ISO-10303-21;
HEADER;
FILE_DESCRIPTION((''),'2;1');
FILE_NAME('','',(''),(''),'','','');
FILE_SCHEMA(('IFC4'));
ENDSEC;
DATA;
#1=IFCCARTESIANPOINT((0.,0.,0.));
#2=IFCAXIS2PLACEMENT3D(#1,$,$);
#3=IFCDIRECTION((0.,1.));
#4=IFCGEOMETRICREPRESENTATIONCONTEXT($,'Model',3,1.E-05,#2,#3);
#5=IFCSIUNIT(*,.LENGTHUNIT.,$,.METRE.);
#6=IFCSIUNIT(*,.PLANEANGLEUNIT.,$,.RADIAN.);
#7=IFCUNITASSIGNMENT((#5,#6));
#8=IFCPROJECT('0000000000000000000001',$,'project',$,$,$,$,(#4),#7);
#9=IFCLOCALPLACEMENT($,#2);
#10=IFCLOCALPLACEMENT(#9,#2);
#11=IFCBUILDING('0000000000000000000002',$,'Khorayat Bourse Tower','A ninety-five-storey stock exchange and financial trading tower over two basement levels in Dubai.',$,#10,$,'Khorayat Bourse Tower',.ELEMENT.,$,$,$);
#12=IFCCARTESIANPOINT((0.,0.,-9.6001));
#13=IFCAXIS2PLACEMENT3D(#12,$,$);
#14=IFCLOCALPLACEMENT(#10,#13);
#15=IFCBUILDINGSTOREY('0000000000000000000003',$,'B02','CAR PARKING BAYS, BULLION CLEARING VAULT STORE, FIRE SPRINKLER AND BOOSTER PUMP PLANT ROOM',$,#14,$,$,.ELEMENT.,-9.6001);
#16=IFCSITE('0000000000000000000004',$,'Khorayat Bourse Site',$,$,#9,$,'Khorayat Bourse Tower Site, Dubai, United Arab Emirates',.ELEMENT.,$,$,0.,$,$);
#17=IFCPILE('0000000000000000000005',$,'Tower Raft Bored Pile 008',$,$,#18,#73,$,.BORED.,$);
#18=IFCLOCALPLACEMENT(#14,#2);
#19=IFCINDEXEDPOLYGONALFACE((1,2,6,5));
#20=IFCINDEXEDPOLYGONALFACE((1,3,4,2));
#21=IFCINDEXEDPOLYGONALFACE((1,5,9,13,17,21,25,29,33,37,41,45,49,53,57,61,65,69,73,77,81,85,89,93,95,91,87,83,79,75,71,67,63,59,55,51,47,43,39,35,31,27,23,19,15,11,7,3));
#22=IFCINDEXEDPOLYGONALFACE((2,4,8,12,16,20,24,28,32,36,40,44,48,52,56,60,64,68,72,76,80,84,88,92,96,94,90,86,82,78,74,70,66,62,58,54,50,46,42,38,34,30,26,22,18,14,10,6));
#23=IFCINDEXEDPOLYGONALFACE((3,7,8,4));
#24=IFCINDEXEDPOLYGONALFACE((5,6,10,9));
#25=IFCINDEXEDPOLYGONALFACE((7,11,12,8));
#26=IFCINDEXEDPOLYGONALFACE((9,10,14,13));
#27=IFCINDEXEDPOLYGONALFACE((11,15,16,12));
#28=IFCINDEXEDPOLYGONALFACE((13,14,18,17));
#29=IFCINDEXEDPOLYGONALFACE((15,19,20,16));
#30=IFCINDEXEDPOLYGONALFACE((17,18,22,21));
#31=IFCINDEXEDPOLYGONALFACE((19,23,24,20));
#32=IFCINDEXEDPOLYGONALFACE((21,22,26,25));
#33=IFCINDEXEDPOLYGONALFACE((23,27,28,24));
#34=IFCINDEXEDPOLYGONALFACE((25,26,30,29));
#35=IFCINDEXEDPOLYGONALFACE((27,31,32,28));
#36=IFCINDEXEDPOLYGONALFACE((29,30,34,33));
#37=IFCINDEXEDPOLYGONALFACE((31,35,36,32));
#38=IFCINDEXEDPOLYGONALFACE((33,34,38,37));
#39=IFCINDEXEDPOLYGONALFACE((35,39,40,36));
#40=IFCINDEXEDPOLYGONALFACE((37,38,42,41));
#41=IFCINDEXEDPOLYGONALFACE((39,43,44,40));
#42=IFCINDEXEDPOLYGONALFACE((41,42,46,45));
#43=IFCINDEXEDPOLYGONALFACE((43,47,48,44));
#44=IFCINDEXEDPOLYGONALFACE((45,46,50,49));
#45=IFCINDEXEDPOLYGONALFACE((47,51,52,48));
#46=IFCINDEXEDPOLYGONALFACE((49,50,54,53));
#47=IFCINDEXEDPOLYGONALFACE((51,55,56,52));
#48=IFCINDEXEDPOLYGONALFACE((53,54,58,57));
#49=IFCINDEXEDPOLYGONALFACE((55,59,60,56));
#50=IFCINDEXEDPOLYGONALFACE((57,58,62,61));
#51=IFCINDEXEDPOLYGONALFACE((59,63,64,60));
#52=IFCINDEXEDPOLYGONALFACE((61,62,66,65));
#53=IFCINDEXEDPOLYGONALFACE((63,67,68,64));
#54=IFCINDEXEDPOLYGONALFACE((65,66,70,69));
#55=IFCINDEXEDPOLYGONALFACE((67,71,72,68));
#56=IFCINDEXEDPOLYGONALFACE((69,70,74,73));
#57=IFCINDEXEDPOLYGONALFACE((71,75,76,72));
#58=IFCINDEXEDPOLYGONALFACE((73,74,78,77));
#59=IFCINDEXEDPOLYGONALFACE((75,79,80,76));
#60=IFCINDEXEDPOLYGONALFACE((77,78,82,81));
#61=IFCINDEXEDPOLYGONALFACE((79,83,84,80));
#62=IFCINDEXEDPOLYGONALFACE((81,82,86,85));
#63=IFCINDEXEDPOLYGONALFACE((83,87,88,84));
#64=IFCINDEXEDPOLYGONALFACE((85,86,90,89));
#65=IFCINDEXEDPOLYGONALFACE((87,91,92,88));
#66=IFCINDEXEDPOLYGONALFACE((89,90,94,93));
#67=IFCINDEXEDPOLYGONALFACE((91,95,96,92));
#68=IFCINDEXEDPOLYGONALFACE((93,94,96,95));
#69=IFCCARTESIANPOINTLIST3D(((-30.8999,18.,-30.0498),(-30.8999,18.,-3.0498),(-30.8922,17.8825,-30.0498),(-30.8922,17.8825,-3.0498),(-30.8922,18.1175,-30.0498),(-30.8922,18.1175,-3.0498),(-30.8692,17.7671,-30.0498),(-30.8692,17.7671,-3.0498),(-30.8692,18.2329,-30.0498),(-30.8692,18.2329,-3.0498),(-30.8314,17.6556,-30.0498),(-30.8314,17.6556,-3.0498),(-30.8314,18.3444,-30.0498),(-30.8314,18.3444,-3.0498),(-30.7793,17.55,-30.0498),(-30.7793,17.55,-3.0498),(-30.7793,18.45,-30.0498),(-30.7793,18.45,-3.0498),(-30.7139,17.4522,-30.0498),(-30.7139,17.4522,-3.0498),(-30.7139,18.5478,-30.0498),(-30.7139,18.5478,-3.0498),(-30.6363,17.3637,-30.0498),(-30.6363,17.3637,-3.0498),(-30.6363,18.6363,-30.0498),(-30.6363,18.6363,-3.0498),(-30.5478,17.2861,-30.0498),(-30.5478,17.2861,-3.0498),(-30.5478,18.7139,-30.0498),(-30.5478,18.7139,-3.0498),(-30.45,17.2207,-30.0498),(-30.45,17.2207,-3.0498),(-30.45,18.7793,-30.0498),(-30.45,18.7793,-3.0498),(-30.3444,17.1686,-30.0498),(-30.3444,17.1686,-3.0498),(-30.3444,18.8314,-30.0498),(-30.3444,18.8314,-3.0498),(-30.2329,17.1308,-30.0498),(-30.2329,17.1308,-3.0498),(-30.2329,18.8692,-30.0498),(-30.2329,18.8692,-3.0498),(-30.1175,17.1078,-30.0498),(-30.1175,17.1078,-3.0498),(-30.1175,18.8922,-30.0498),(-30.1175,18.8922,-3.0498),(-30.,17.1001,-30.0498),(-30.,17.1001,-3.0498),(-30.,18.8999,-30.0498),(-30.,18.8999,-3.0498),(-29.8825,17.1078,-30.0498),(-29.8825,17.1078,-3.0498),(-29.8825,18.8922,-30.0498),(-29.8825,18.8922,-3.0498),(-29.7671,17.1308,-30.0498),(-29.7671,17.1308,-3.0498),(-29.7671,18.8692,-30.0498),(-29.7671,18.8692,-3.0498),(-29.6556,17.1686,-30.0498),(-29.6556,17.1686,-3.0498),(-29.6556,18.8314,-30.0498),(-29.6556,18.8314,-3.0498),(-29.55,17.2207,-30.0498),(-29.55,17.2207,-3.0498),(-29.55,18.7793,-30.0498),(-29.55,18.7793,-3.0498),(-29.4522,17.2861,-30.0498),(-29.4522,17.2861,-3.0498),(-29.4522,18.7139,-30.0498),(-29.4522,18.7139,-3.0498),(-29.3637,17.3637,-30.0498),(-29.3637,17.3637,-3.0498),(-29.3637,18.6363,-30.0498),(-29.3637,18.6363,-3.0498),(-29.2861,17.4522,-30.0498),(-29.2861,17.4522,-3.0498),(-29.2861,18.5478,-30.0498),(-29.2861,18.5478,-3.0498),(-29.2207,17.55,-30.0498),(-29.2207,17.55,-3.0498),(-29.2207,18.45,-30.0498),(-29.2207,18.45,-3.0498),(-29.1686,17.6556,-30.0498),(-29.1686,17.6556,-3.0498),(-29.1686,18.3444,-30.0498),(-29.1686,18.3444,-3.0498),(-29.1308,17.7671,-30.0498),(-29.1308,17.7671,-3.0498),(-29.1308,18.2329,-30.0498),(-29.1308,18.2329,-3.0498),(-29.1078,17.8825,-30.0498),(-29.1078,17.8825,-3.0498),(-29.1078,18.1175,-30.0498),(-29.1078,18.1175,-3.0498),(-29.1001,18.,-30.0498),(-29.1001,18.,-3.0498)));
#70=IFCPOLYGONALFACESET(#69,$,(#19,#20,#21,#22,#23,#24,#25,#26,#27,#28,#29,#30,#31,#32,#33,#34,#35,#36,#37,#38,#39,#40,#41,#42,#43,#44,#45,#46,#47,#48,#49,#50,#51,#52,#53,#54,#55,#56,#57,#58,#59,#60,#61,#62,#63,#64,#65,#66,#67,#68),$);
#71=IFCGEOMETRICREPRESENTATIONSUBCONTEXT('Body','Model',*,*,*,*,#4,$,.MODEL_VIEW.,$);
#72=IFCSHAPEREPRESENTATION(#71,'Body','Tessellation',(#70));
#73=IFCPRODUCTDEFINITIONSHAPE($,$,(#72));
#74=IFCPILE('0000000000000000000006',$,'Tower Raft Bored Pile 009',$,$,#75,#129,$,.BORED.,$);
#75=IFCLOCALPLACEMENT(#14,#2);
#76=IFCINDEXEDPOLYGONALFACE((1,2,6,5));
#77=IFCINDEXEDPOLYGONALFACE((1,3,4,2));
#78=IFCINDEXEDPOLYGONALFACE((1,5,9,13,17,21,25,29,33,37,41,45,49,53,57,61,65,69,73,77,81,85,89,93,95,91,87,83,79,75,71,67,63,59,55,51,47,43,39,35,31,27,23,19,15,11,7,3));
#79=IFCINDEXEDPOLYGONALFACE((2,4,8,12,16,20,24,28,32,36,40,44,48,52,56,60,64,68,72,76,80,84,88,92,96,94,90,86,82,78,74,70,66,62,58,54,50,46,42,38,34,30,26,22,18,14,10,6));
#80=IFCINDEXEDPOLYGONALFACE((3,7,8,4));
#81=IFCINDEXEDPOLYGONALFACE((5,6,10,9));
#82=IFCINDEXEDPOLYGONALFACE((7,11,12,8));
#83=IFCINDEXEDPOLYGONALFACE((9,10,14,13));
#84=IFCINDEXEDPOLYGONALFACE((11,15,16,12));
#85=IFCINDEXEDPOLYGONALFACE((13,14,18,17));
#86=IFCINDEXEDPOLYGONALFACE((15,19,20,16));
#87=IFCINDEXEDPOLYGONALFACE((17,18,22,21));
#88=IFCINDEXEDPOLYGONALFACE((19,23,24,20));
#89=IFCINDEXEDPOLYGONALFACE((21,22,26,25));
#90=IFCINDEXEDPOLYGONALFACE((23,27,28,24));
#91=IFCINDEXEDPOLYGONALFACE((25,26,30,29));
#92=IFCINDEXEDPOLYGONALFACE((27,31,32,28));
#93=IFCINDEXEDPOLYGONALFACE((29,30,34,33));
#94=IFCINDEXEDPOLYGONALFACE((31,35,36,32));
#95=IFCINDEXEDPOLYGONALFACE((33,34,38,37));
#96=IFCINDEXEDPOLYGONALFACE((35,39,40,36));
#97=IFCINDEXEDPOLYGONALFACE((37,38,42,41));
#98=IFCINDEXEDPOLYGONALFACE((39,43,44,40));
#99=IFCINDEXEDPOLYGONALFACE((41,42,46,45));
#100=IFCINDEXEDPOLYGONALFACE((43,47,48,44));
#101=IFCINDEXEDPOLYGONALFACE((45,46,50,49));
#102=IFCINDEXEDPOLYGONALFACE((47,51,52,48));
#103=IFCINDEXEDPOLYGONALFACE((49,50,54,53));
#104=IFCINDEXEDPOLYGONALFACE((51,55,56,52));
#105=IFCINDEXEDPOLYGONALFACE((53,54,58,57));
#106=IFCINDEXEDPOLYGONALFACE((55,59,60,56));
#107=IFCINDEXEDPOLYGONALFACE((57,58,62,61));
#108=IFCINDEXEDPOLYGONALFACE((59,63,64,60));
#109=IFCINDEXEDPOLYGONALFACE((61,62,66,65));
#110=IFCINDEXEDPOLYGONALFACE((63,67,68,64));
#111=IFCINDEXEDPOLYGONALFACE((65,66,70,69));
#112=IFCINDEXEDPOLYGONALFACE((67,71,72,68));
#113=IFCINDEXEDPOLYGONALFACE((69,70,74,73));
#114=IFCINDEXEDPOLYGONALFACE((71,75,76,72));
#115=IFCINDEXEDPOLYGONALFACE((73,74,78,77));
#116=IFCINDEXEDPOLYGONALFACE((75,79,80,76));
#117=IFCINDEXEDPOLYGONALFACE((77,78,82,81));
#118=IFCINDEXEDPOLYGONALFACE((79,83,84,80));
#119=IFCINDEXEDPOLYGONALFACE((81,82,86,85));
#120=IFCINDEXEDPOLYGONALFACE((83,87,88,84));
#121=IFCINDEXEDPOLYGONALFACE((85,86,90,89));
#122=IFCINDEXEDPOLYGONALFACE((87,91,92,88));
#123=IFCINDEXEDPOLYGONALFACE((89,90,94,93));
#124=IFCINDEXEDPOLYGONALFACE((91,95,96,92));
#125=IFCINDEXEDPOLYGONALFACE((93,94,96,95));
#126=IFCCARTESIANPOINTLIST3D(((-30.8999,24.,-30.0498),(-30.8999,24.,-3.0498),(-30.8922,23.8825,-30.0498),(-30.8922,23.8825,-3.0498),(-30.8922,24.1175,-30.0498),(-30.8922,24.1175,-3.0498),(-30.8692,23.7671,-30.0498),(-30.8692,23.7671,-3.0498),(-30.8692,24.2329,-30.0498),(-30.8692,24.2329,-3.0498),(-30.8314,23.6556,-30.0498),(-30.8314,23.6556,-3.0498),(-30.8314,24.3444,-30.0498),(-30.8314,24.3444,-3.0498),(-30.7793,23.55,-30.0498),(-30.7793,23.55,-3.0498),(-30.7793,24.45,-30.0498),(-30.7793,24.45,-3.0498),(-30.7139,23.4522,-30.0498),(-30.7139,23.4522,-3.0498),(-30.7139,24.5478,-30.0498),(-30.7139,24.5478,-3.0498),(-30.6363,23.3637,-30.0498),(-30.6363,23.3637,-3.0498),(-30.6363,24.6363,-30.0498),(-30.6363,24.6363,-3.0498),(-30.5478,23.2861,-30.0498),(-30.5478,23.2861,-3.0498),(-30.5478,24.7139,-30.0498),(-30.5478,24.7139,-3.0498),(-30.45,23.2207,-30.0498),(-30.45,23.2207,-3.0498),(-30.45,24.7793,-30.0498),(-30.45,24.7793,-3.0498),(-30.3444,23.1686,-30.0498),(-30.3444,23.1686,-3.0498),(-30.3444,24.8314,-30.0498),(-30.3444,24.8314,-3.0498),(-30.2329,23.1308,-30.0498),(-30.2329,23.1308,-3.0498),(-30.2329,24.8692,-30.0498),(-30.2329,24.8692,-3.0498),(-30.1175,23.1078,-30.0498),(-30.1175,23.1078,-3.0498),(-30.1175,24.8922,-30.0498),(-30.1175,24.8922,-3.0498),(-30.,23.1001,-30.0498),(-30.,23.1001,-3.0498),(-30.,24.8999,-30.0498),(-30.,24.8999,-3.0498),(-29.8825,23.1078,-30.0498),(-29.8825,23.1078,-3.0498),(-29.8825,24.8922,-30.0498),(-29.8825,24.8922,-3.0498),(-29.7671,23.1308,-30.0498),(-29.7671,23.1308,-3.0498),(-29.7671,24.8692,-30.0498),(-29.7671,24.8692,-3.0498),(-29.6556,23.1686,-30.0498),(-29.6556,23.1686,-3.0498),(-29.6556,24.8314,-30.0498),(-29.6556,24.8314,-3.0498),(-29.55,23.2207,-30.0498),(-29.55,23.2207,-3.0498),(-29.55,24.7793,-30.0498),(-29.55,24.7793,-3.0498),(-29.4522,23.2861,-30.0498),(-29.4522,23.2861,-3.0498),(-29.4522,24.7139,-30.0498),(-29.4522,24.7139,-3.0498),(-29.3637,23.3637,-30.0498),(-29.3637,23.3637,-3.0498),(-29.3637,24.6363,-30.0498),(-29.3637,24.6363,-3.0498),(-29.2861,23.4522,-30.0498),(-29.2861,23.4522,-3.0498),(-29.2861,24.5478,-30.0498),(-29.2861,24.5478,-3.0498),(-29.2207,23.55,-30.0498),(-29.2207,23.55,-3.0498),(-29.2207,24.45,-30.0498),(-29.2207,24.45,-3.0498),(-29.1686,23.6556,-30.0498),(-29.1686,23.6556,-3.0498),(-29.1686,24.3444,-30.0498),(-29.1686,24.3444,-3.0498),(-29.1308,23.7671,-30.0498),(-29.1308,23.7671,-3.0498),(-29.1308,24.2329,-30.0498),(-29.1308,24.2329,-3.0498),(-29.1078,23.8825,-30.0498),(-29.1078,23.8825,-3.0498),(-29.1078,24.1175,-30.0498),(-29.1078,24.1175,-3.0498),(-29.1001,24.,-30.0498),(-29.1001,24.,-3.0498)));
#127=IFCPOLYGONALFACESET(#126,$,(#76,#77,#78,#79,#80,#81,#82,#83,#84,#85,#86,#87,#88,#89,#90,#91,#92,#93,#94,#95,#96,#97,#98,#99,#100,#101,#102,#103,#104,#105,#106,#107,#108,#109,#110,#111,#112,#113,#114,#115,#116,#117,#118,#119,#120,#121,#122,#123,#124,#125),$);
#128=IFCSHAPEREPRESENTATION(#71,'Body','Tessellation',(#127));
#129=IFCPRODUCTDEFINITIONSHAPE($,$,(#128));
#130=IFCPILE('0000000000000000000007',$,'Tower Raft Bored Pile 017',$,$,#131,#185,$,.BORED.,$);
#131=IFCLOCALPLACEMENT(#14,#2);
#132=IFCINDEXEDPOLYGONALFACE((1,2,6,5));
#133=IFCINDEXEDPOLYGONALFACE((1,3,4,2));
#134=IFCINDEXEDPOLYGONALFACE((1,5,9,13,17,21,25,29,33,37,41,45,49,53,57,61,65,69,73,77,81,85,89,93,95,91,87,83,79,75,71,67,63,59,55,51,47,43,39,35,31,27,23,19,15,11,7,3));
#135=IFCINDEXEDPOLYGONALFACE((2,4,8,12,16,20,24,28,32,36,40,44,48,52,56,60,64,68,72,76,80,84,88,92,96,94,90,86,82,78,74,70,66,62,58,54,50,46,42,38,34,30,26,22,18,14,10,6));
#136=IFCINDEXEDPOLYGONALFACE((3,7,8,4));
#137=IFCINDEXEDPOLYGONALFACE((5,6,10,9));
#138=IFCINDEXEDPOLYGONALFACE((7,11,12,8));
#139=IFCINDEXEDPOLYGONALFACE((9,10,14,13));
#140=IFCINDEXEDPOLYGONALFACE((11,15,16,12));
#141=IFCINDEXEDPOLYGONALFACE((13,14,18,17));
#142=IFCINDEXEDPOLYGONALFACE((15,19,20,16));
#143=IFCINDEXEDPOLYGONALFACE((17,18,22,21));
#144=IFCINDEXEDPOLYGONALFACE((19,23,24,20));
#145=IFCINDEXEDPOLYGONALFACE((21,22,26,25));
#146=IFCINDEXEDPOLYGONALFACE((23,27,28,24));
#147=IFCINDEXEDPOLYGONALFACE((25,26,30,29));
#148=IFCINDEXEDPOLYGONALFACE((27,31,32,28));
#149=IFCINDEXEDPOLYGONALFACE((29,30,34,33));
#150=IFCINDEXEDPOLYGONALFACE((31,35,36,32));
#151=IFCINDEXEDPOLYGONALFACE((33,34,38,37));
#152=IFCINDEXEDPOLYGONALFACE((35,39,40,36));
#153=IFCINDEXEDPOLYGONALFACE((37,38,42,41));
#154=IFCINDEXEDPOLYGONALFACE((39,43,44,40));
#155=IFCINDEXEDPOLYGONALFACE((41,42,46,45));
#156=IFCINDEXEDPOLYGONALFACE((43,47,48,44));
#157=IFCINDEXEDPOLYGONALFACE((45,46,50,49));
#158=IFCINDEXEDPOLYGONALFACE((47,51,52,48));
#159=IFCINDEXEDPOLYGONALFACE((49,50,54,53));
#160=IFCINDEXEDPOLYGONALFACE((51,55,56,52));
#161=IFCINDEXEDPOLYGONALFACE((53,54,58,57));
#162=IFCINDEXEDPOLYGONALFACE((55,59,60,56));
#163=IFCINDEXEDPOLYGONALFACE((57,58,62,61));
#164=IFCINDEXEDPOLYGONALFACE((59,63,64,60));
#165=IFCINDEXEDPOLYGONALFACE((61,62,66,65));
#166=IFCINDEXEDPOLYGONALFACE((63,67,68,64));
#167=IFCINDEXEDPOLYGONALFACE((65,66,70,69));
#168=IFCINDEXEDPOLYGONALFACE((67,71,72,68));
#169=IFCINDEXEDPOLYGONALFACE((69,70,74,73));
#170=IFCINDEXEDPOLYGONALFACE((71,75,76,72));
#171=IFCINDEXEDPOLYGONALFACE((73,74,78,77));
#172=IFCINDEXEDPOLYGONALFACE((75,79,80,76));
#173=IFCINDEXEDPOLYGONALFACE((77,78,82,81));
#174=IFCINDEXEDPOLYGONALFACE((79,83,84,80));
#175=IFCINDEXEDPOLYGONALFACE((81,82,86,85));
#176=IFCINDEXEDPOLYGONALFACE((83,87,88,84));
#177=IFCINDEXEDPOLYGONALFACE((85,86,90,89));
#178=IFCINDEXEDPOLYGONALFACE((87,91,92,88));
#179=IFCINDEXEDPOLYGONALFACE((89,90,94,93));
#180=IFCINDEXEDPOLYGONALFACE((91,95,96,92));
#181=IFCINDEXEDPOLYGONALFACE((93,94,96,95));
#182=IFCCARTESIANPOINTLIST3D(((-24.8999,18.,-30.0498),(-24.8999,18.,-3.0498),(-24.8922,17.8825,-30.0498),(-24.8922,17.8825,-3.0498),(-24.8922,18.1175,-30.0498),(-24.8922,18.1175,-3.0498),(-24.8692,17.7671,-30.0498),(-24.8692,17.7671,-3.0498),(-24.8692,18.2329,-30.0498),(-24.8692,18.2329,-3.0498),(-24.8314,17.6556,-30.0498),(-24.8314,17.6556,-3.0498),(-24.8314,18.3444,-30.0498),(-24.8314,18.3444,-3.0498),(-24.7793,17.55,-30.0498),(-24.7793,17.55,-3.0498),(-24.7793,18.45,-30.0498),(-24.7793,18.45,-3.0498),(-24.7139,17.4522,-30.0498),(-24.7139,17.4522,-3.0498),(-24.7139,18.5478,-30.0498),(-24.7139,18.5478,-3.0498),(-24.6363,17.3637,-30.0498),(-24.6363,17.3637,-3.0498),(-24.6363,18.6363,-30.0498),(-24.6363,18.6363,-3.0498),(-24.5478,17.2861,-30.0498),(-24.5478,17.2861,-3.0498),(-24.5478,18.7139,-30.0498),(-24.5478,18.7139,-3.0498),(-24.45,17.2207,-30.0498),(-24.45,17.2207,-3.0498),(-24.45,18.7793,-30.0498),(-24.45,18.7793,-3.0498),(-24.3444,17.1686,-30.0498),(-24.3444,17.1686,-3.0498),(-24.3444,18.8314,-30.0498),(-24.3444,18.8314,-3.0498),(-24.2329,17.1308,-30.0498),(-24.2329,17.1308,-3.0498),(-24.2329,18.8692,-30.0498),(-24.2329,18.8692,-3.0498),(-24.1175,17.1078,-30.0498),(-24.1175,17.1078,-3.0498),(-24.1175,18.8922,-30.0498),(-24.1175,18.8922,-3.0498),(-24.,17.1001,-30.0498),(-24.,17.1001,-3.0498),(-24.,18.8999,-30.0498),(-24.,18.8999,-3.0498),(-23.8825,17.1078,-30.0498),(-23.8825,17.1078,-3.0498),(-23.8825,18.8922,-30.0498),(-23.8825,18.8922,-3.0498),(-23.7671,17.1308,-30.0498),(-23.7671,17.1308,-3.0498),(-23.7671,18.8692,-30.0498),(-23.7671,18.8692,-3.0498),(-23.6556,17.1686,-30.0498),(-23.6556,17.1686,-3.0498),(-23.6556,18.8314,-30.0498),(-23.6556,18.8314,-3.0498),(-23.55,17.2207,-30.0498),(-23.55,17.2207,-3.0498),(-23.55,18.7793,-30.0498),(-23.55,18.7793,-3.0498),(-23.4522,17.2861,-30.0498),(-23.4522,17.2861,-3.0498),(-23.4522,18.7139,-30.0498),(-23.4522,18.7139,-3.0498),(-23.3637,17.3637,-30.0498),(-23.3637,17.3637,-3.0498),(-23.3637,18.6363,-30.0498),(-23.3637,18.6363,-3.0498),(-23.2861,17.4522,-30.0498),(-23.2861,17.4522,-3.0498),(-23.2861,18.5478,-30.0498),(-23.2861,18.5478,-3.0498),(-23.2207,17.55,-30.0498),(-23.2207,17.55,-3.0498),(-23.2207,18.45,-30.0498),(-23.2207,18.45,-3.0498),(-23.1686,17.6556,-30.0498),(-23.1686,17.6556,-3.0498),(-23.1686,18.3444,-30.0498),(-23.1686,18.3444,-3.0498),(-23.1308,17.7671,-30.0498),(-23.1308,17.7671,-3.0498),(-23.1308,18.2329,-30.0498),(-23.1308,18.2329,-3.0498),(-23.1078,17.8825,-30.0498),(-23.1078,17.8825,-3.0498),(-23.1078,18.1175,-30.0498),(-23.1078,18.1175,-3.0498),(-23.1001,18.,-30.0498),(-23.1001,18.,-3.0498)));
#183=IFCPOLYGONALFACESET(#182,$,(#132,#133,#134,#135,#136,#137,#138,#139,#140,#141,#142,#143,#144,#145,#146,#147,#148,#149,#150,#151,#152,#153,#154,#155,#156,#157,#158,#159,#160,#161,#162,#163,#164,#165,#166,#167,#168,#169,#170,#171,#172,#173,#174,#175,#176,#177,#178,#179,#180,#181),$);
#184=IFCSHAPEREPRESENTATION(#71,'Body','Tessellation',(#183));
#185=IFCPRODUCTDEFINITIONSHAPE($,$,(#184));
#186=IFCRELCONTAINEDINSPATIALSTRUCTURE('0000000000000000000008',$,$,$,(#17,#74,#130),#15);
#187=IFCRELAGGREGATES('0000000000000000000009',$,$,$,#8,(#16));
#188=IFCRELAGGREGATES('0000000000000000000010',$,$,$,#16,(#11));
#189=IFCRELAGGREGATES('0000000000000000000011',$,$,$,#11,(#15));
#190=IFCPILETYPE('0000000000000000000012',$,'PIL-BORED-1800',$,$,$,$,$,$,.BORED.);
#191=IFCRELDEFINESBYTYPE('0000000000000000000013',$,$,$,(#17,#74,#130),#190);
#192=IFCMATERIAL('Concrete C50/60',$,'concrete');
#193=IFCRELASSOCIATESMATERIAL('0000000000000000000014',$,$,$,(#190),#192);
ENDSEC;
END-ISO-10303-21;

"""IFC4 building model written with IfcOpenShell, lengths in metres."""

from ifc_helpers import new_model, si_unit, direction, frame, origin, origin_2d, place, context, subcontext, project, spatial, circle, extrude, source, transform, mapped, material, material_profile, profile_set, type_object, element, save


model = new_model("IFC4")

# Units and contexts
model_context = context("Model", 3, precision=1e-05, world=origin(), true_north=direction((0.0, 1.0)))
body_context = subcontext(model_context, "Body", "Model", "MODEL_VIEW")
ifc_project = project(units=[si_unit("LENGTHUNIT", "METRE"), si_unit("PLANEANGLEUNIT", "RADIAN")], contexts=[model_context])

# Site, building, storey
site_placement = place(None, origin())
site = spatial("IfcSite", under=ifc_project, at=site_placement, Name="Khorayat Bourse Site", LongName="Khorayat Bourse Tower Site, Dubai, United Arab Emirates", CompositionType="ELEMENT", RefElevation=0.0)
building_placement = place(site_placement, origin())
building = spatial("IfcBuilding", under=site, at=building_placement, Name="Khorayat Bourse Tower", Description="A ninety-five-storey stock exchange and financial trading tower over two basement levels in Dubai.", LongName="Khorayat Bourse Tower", CompositionType="ELEMENT")
storey_placement = place(building_placement, frame((0.0, 0.0, -9.6001)))
storey = spatial("IfcBuildingStorey", under=building, at=storey_placement, Name="B02", Description="CAR PARKING BAYS, BULLION CLEARING VAULT STORE, FIRE SPRINKLER AND BOOSTER PUMP PLANT ROOM", CompositionType="ELEMENT", Elevation=-9.6001)

# Piles
ifc_material_1 = material(Name="Concrete C50/60", Category="concrete")
ifc_material_profile_1 = material_profile(ifc_material_1, circle(Radius=0.8999, at=origin_2d()), Name="BORED PILE D1800")
ifc_profile_set_1 = profile_set([ifc_material_profile_1], Name="Concrete C50/60")
pile_type_1 = type_object("IfcPileType", Name="PIL-BORED-1800", PredefinedType="BORED", material=ifc_profile_set_1)
shared_shape_1 = source(origin(), body_context, "Body", "SweptSolid", [
    extrude(circle(Radius=0.8999, at=origin_2d()), origin(), (0.0, 0.0, 1.0), 27.0),
])
for number, where, z_axis, x_axis, name in (
    (1, (-30.0, 18.0, -3.0498), (0.0, 0.0, -1.0), (1.0, 0.0, 0.0), "Tower Raft Bored Pile 008"),
    (2, (-30.0, 24.0, -3.0498), (0.0, 0.0, -1.0), (1.0, 0.0, 0.0), "Tower Raft Bored Pile 009"),
    (3, (-24.0, 18.0, -3.0498), (0.0, 0.0, -1.0), (1.0, 0.0, 0.0), "Tower Raft Bored Pile 017"),
):
    element("IfcPile", number, at=place(storey_placement, frame(where, z_axis=z_axis, x_axis=x_axis)), inside=storey, type_object=pile_type_1, Name=name, PredefinedType="BORED", context=body_context, shape_type="MappedRepresentation", body=[
        mapped(shared_shape_1, transform((0.0, 0.0, 0.0), scale=1.0)),
    ])

save(model, "model.ifc")
